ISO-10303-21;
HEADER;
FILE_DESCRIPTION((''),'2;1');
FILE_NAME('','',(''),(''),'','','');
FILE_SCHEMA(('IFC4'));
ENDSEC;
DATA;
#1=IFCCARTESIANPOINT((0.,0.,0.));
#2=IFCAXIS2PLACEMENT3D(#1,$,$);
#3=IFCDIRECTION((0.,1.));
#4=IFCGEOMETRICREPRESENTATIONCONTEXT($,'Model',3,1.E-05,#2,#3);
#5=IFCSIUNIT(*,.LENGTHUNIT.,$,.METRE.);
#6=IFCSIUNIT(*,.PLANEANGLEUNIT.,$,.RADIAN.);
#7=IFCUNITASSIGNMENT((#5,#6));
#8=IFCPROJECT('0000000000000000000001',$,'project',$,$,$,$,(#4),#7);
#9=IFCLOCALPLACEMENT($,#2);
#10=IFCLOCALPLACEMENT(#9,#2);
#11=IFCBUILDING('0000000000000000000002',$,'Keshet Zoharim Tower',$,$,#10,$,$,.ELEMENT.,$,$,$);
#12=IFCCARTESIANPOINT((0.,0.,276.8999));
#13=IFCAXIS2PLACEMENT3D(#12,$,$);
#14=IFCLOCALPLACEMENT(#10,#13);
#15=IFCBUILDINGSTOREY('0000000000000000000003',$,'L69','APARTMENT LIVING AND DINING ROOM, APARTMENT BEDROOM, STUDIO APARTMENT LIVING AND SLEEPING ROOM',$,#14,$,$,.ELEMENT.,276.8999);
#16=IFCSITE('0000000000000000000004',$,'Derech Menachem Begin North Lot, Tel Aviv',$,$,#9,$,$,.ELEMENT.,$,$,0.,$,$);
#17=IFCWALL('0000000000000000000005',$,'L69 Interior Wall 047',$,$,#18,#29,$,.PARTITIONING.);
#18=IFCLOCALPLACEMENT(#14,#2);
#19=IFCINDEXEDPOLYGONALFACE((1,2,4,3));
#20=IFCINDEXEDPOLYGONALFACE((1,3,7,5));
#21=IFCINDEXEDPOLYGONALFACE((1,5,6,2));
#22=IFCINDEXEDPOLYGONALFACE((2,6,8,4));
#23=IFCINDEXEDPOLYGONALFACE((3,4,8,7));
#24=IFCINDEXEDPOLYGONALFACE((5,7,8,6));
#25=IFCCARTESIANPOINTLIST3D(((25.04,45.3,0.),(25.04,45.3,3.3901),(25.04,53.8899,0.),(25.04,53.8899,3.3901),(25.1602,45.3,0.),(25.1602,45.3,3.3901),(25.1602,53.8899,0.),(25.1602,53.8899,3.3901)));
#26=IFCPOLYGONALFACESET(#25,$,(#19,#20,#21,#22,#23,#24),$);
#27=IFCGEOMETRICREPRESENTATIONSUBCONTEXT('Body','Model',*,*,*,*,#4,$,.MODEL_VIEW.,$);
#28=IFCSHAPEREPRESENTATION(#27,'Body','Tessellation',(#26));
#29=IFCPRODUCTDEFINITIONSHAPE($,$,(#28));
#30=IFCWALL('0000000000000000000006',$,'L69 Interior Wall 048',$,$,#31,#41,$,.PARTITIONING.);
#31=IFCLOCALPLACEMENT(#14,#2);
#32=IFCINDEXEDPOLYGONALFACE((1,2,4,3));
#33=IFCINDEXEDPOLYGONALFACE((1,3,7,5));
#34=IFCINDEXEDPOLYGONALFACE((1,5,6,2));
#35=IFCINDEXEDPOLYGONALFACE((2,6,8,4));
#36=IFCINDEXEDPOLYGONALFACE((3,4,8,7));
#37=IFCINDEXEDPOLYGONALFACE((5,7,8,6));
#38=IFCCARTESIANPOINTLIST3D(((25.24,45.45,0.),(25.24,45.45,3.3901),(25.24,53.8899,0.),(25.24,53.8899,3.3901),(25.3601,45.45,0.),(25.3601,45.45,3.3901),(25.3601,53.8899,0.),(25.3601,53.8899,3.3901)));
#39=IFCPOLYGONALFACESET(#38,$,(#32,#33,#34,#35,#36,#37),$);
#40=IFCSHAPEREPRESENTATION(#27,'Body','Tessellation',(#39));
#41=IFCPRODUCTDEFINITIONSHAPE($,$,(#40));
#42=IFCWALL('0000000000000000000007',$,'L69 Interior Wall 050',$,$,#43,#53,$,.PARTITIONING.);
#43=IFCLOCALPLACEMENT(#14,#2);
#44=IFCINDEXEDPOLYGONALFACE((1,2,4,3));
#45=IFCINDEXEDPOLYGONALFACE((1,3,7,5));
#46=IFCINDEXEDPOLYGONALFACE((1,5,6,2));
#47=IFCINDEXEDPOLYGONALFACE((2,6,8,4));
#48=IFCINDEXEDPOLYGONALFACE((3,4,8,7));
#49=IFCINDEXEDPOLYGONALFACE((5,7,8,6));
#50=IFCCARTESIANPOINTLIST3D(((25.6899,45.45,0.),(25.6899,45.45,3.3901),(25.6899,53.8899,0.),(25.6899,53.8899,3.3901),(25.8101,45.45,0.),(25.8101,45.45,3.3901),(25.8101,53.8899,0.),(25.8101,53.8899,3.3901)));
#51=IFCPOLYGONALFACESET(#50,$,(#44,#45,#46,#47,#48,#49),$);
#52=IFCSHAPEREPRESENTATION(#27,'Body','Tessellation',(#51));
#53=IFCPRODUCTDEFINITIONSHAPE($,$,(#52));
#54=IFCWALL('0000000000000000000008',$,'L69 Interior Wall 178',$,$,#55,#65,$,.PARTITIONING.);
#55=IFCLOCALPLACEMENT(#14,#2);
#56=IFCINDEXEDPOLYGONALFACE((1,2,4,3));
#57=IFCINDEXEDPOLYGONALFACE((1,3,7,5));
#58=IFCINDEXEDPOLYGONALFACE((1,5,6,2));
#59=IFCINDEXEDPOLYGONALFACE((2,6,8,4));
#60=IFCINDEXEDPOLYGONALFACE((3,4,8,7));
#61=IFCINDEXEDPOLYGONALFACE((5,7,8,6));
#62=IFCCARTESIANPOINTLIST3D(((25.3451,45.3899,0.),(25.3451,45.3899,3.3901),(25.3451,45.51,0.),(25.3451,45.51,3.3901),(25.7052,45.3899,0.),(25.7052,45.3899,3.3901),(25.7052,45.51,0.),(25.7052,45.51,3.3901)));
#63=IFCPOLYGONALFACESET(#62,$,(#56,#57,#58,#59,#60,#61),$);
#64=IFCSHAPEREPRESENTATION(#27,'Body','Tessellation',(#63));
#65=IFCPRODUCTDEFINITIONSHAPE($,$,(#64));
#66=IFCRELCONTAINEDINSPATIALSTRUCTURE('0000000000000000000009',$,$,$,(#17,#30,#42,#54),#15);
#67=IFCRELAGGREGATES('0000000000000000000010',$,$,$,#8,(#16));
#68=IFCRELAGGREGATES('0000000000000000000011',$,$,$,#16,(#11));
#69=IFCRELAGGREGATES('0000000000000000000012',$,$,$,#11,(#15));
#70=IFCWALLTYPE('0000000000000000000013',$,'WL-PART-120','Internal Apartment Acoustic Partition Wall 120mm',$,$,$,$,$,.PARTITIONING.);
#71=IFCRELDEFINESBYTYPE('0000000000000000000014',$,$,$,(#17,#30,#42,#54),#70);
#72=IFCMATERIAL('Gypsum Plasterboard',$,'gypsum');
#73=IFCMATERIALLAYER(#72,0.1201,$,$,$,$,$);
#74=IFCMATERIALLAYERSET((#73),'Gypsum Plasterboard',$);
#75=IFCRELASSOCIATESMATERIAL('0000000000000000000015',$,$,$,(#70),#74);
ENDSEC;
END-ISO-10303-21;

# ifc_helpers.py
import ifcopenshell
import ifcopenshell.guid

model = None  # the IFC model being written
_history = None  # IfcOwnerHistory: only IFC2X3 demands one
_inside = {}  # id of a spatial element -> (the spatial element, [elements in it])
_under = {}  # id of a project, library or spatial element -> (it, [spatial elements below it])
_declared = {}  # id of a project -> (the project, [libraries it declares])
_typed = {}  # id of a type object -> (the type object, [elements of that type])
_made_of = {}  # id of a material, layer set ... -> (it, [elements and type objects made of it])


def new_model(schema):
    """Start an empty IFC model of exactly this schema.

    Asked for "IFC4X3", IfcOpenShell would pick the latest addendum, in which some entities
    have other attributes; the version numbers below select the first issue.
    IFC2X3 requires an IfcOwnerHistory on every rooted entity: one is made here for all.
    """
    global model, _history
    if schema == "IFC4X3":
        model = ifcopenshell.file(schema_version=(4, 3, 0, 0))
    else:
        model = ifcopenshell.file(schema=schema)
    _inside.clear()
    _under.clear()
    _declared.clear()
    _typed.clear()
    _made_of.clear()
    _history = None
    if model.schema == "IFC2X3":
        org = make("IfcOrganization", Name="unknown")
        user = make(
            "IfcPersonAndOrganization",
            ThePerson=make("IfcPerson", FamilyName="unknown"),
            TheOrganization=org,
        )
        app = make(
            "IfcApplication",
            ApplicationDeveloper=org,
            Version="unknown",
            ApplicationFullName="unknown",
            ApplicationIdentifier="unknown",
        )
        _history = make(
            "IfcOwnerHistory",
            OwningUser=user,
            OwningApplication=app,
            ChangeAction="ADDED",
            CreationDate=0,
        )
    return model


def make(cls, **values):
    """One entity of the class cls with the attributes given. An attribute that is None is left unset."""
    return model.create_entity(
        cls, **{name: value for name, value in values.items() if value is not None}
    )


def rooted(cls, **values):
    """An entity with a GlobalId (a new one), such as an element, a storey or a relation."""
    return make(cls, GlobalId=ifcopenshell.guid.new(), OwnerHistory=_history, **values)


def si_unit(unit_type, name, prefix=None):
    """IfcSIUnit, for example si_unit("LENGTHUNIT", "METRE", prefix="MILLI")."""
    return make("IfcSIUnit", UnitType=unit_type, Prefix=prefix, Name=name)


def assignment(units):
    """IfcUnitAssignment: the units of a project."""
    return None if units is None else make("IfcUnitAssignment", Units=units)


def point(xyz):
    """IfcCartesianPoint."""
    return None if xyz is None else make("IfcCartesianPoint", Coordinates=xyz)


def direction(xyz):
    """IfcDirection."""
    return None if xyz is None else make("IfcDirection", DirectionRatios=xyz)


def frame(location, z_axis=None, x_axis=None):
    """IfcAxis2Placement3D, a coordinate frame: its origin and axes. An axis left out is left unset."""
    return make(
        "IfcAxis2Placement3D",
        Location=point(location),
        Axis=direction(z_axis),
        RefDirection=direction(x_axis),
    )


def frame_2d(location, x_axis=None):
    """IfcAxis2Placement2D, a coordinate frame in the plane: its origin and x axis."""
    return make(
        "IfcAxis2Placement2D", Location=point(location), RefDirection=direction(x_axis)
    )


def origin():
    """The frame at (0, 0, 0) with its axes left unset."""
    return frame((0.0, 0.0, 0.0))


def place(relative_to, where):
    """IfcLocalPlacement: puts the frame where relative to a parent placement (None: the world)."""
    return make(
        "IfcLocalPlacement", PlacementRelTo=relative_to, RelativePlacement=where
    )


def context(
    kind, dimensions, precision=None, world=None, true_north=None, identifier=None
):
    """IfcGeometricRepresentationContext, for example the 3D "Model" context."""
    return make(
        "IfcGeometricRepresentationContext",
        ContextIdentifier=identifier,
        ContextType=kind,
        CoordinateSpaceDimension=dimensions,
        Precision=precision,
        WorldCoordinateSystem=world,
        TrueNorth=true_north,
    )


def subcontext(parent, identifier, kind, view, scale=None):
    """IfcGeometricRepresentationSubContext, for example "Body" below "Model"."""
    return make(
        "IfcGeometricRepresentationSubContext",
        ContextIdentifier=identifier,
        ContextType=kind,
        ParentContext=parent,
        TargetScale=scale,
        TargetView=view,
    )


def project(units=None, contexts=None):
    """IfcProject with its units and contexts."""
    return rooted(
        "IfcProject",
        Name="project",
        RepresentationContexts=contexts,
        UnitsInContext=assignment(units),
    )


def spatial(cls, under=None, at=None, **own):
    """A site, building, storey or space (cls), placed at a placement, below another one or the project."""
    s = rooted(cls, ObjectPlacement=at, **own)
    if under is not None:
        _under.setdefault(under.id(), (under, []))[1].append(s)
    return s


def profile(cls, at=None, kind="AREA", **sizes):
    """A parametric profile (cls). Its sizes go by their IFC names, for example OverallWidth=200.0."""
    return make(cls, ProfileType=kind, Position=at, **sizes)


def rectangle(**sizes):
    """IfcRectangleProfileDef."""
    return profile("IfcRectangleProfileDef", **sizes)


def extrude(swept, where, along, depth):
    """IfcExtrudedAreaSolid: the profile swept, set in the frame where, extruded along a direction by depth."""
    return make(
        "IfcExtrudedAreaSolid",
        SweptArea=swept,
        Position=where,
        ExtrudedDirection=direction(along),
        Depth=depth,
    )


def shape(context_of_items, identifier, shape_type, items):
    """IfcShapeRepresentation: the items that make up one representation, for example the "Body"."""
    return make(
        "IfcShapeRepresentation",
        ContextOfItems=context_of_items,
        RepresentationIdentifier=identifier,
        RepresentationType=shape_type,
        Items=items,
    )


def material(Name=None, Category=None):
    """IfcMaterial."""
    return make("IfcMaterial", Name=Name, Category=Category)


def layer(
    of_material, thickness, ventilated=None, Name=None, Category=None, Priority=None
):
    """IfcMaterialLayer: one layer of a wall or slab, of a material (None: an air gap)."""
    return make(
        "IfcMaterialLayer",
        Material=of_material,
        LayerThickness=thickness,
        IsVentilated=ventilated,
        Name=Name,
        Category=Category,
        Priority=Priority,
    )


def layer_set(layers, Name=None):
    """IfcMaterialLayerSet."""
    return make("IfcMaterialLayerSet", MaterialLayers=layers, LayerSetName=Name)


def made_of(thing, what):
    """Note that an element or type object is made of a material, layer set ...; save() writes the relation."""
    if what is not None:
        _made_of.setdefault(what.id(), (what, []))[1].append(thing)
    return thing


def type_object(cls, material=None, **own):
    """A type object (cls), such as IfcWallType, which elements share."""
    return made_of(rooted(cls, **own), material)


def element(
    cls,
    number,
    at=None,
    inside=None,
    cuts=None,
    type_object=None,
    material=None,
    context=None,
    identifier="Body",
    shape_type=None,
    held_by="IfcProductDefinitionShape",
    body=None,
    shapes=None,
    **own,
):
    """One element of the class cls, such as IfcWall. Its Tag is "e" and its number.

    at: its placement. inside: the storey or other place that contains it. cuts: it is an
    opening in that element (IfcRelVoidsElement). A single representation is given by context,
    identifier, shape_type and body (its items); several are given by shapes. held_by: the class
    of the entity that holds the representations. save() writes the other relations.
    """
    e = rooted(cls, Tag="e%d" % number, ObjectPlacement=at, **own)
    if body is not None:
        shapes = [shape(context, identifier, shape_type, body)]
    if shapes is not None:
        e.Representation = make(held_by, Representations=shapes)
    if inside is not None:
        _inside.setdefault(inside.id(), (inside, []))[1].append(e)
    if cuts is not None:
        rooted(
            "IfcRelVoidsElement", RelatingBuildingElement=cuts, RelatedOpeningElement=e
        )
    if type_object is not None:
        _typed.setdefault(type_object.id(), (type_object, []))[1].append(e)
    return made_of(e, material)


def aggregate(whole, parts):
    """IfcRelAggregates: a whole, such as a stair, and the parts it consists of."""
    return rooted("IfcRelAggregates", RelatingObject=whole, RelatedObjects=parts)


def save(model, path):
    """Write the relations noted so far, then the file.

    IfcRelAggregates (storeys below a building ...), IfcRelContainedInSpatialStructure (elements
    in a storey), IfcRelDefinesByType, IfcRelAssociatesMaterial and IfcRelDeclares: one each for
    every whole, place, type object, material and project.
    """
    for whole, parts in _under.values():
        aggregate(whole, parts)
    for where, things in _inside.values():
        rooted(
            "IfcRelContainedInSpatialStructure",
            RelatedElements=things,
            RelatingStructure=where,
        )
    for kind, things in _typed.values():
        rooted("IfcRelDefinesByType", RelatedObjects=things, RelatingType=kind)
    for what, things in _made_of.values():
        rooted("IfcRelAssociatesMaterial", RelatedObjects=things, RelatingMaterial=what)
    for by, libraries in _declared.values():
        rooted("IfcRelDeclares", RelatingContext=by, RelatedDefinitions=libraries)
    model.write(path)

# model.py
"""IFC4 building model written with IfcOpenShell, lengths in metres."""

from ifc_helpers import new_model, si_unit, direction, frame, frame_2d, origin, place, context, subcontext, project, spatial, rectangle, extrude, material, layer, layer_set, type_object, element, save


model = new_model("IFC4")

# Units and contexts
model_context = context("Model", 3, precision=1e-05, world=origin(), true_north=direction((0.0, 1.0)))
body_context = subcontext(model_context, "Body", "Model", "MODEL_VIEW")
ifc_project = project(units=[si_unit("LENGTHUNIT", "METRE"), si_unit("PLANEANGLEUNIT", "RADIAN")], contexts=[model_context])

# Site, building, storey
site_placement = place(None, origin())
site = spatial("IfcSite", under=ifc_project, at=site_placement, Name="Derech Menachem Begin North Lot, Tel Aviv", CompositionType="ELEMENT", RefElevation=0.0)
building_placement = place(site_placement, origin())
building = spatial("IfcBuilding", under=site, at=building_placement, Name="Keshet Zoharim Tower", CompositionType="ELEMENT")
storey_placement = place(building_placement, frame((0.0, 0.0, 276.8999)))
storey = spatial("IfcBuildingStorey", under=building, at=storey_placement, Name="L69", Description="APARTMENT LIVING AND DINING ROOM, APARTMENT BEDROOM, STUDIO APARTMENT LIVING AND SLEEPING ROOM", CompositionType="ELEMENT", Elevation=276.8999)

# Walls
ifc_material_1 = material(Name="Gypsum Plasterboard", Category="gypsum")
ifc_layer_1 = layer(ifc_material_1, 0.1201)
ifc_layer_set_1 = layer_set([ifc_layer_1], Name="Gypsum Plasterboard")
wall_type = type_object("IfcWallType", Name="WL-PART-120", Description="Internal Apartment Acoustic Partition Wall 120mm", PredefinedType="PARTITIONING", material=ifc_layer_set_1)
wall_1_placement = place(storey_placement, frame((25.1001, 45.3, 0.0), z_axis=(0.0, 0.0, 1.0), x_axis=(0.0, 1.0, 0.0)))
element("IfcWall", 1, at=wall_1_placement, inside=storey, type_object=wall_type, Name="L69 Interior Wall 047", PredefinedType="PARTITIONING", context=body_context, shape_type="SweptSolid", body=[
    extrude(rectangle(XDim=8.5898, YDim=0.1201, at=frame_2d((4.2949, 0.0))), origin(), (0.0, 0.0, 1.0), 3.3901),
])
for number, where, z_axis, x_axis, name in (
    (2, (25.3, 45.45, 0.0), (0.0, 0.0, 1.0), (0.0, 1.0, 0.0), "L69 Interior Wall 048"),
    (3, (25.75, 45.45, 0.0), (0.0, 0.0, 1.0), (0.0, 1.0, 0.0), "L69 Interior Wall 050"),
):
    element("IfcWall", number, at=place(storey_placement, frame(where, z_axis=z_axis, x_axis=x_axis)), inside=storey, type_object=wall_type, Name=name, PredefinedType="PARTITIONING", context=body_context, shape_type="SweptSolid", body=[
        extrude(rectangle(XDim=8.4399, YDim=0.1201, at=frame_2d((4.22, 0.0))), origin(), (0.0, 0.0, 1.0), 3.3901),
    ])
wall_2_placement = place(storey_placement, frame((25.345, 45.45, 0.0), z_axis=(0.0, 0.0, 1.0), x_axis=(1.0, 0.0, 0.0)))
element("IfcWall", 4, at=wall_2_placement, inside=storey, type_object=wall_type, Name="L69 Interior Wall 178", PredefinedType="PARTITIONING", context=body_context, shape_type="SweptSolid", body=[
    extrude(rectangle(XDim=0.3601, YDim=0.1201, at=frame_2d((0.1802, 0.0))), origin(), (0.0, 0.0, 1.0), 3.3901),
])

save(model, "model.ifc")
